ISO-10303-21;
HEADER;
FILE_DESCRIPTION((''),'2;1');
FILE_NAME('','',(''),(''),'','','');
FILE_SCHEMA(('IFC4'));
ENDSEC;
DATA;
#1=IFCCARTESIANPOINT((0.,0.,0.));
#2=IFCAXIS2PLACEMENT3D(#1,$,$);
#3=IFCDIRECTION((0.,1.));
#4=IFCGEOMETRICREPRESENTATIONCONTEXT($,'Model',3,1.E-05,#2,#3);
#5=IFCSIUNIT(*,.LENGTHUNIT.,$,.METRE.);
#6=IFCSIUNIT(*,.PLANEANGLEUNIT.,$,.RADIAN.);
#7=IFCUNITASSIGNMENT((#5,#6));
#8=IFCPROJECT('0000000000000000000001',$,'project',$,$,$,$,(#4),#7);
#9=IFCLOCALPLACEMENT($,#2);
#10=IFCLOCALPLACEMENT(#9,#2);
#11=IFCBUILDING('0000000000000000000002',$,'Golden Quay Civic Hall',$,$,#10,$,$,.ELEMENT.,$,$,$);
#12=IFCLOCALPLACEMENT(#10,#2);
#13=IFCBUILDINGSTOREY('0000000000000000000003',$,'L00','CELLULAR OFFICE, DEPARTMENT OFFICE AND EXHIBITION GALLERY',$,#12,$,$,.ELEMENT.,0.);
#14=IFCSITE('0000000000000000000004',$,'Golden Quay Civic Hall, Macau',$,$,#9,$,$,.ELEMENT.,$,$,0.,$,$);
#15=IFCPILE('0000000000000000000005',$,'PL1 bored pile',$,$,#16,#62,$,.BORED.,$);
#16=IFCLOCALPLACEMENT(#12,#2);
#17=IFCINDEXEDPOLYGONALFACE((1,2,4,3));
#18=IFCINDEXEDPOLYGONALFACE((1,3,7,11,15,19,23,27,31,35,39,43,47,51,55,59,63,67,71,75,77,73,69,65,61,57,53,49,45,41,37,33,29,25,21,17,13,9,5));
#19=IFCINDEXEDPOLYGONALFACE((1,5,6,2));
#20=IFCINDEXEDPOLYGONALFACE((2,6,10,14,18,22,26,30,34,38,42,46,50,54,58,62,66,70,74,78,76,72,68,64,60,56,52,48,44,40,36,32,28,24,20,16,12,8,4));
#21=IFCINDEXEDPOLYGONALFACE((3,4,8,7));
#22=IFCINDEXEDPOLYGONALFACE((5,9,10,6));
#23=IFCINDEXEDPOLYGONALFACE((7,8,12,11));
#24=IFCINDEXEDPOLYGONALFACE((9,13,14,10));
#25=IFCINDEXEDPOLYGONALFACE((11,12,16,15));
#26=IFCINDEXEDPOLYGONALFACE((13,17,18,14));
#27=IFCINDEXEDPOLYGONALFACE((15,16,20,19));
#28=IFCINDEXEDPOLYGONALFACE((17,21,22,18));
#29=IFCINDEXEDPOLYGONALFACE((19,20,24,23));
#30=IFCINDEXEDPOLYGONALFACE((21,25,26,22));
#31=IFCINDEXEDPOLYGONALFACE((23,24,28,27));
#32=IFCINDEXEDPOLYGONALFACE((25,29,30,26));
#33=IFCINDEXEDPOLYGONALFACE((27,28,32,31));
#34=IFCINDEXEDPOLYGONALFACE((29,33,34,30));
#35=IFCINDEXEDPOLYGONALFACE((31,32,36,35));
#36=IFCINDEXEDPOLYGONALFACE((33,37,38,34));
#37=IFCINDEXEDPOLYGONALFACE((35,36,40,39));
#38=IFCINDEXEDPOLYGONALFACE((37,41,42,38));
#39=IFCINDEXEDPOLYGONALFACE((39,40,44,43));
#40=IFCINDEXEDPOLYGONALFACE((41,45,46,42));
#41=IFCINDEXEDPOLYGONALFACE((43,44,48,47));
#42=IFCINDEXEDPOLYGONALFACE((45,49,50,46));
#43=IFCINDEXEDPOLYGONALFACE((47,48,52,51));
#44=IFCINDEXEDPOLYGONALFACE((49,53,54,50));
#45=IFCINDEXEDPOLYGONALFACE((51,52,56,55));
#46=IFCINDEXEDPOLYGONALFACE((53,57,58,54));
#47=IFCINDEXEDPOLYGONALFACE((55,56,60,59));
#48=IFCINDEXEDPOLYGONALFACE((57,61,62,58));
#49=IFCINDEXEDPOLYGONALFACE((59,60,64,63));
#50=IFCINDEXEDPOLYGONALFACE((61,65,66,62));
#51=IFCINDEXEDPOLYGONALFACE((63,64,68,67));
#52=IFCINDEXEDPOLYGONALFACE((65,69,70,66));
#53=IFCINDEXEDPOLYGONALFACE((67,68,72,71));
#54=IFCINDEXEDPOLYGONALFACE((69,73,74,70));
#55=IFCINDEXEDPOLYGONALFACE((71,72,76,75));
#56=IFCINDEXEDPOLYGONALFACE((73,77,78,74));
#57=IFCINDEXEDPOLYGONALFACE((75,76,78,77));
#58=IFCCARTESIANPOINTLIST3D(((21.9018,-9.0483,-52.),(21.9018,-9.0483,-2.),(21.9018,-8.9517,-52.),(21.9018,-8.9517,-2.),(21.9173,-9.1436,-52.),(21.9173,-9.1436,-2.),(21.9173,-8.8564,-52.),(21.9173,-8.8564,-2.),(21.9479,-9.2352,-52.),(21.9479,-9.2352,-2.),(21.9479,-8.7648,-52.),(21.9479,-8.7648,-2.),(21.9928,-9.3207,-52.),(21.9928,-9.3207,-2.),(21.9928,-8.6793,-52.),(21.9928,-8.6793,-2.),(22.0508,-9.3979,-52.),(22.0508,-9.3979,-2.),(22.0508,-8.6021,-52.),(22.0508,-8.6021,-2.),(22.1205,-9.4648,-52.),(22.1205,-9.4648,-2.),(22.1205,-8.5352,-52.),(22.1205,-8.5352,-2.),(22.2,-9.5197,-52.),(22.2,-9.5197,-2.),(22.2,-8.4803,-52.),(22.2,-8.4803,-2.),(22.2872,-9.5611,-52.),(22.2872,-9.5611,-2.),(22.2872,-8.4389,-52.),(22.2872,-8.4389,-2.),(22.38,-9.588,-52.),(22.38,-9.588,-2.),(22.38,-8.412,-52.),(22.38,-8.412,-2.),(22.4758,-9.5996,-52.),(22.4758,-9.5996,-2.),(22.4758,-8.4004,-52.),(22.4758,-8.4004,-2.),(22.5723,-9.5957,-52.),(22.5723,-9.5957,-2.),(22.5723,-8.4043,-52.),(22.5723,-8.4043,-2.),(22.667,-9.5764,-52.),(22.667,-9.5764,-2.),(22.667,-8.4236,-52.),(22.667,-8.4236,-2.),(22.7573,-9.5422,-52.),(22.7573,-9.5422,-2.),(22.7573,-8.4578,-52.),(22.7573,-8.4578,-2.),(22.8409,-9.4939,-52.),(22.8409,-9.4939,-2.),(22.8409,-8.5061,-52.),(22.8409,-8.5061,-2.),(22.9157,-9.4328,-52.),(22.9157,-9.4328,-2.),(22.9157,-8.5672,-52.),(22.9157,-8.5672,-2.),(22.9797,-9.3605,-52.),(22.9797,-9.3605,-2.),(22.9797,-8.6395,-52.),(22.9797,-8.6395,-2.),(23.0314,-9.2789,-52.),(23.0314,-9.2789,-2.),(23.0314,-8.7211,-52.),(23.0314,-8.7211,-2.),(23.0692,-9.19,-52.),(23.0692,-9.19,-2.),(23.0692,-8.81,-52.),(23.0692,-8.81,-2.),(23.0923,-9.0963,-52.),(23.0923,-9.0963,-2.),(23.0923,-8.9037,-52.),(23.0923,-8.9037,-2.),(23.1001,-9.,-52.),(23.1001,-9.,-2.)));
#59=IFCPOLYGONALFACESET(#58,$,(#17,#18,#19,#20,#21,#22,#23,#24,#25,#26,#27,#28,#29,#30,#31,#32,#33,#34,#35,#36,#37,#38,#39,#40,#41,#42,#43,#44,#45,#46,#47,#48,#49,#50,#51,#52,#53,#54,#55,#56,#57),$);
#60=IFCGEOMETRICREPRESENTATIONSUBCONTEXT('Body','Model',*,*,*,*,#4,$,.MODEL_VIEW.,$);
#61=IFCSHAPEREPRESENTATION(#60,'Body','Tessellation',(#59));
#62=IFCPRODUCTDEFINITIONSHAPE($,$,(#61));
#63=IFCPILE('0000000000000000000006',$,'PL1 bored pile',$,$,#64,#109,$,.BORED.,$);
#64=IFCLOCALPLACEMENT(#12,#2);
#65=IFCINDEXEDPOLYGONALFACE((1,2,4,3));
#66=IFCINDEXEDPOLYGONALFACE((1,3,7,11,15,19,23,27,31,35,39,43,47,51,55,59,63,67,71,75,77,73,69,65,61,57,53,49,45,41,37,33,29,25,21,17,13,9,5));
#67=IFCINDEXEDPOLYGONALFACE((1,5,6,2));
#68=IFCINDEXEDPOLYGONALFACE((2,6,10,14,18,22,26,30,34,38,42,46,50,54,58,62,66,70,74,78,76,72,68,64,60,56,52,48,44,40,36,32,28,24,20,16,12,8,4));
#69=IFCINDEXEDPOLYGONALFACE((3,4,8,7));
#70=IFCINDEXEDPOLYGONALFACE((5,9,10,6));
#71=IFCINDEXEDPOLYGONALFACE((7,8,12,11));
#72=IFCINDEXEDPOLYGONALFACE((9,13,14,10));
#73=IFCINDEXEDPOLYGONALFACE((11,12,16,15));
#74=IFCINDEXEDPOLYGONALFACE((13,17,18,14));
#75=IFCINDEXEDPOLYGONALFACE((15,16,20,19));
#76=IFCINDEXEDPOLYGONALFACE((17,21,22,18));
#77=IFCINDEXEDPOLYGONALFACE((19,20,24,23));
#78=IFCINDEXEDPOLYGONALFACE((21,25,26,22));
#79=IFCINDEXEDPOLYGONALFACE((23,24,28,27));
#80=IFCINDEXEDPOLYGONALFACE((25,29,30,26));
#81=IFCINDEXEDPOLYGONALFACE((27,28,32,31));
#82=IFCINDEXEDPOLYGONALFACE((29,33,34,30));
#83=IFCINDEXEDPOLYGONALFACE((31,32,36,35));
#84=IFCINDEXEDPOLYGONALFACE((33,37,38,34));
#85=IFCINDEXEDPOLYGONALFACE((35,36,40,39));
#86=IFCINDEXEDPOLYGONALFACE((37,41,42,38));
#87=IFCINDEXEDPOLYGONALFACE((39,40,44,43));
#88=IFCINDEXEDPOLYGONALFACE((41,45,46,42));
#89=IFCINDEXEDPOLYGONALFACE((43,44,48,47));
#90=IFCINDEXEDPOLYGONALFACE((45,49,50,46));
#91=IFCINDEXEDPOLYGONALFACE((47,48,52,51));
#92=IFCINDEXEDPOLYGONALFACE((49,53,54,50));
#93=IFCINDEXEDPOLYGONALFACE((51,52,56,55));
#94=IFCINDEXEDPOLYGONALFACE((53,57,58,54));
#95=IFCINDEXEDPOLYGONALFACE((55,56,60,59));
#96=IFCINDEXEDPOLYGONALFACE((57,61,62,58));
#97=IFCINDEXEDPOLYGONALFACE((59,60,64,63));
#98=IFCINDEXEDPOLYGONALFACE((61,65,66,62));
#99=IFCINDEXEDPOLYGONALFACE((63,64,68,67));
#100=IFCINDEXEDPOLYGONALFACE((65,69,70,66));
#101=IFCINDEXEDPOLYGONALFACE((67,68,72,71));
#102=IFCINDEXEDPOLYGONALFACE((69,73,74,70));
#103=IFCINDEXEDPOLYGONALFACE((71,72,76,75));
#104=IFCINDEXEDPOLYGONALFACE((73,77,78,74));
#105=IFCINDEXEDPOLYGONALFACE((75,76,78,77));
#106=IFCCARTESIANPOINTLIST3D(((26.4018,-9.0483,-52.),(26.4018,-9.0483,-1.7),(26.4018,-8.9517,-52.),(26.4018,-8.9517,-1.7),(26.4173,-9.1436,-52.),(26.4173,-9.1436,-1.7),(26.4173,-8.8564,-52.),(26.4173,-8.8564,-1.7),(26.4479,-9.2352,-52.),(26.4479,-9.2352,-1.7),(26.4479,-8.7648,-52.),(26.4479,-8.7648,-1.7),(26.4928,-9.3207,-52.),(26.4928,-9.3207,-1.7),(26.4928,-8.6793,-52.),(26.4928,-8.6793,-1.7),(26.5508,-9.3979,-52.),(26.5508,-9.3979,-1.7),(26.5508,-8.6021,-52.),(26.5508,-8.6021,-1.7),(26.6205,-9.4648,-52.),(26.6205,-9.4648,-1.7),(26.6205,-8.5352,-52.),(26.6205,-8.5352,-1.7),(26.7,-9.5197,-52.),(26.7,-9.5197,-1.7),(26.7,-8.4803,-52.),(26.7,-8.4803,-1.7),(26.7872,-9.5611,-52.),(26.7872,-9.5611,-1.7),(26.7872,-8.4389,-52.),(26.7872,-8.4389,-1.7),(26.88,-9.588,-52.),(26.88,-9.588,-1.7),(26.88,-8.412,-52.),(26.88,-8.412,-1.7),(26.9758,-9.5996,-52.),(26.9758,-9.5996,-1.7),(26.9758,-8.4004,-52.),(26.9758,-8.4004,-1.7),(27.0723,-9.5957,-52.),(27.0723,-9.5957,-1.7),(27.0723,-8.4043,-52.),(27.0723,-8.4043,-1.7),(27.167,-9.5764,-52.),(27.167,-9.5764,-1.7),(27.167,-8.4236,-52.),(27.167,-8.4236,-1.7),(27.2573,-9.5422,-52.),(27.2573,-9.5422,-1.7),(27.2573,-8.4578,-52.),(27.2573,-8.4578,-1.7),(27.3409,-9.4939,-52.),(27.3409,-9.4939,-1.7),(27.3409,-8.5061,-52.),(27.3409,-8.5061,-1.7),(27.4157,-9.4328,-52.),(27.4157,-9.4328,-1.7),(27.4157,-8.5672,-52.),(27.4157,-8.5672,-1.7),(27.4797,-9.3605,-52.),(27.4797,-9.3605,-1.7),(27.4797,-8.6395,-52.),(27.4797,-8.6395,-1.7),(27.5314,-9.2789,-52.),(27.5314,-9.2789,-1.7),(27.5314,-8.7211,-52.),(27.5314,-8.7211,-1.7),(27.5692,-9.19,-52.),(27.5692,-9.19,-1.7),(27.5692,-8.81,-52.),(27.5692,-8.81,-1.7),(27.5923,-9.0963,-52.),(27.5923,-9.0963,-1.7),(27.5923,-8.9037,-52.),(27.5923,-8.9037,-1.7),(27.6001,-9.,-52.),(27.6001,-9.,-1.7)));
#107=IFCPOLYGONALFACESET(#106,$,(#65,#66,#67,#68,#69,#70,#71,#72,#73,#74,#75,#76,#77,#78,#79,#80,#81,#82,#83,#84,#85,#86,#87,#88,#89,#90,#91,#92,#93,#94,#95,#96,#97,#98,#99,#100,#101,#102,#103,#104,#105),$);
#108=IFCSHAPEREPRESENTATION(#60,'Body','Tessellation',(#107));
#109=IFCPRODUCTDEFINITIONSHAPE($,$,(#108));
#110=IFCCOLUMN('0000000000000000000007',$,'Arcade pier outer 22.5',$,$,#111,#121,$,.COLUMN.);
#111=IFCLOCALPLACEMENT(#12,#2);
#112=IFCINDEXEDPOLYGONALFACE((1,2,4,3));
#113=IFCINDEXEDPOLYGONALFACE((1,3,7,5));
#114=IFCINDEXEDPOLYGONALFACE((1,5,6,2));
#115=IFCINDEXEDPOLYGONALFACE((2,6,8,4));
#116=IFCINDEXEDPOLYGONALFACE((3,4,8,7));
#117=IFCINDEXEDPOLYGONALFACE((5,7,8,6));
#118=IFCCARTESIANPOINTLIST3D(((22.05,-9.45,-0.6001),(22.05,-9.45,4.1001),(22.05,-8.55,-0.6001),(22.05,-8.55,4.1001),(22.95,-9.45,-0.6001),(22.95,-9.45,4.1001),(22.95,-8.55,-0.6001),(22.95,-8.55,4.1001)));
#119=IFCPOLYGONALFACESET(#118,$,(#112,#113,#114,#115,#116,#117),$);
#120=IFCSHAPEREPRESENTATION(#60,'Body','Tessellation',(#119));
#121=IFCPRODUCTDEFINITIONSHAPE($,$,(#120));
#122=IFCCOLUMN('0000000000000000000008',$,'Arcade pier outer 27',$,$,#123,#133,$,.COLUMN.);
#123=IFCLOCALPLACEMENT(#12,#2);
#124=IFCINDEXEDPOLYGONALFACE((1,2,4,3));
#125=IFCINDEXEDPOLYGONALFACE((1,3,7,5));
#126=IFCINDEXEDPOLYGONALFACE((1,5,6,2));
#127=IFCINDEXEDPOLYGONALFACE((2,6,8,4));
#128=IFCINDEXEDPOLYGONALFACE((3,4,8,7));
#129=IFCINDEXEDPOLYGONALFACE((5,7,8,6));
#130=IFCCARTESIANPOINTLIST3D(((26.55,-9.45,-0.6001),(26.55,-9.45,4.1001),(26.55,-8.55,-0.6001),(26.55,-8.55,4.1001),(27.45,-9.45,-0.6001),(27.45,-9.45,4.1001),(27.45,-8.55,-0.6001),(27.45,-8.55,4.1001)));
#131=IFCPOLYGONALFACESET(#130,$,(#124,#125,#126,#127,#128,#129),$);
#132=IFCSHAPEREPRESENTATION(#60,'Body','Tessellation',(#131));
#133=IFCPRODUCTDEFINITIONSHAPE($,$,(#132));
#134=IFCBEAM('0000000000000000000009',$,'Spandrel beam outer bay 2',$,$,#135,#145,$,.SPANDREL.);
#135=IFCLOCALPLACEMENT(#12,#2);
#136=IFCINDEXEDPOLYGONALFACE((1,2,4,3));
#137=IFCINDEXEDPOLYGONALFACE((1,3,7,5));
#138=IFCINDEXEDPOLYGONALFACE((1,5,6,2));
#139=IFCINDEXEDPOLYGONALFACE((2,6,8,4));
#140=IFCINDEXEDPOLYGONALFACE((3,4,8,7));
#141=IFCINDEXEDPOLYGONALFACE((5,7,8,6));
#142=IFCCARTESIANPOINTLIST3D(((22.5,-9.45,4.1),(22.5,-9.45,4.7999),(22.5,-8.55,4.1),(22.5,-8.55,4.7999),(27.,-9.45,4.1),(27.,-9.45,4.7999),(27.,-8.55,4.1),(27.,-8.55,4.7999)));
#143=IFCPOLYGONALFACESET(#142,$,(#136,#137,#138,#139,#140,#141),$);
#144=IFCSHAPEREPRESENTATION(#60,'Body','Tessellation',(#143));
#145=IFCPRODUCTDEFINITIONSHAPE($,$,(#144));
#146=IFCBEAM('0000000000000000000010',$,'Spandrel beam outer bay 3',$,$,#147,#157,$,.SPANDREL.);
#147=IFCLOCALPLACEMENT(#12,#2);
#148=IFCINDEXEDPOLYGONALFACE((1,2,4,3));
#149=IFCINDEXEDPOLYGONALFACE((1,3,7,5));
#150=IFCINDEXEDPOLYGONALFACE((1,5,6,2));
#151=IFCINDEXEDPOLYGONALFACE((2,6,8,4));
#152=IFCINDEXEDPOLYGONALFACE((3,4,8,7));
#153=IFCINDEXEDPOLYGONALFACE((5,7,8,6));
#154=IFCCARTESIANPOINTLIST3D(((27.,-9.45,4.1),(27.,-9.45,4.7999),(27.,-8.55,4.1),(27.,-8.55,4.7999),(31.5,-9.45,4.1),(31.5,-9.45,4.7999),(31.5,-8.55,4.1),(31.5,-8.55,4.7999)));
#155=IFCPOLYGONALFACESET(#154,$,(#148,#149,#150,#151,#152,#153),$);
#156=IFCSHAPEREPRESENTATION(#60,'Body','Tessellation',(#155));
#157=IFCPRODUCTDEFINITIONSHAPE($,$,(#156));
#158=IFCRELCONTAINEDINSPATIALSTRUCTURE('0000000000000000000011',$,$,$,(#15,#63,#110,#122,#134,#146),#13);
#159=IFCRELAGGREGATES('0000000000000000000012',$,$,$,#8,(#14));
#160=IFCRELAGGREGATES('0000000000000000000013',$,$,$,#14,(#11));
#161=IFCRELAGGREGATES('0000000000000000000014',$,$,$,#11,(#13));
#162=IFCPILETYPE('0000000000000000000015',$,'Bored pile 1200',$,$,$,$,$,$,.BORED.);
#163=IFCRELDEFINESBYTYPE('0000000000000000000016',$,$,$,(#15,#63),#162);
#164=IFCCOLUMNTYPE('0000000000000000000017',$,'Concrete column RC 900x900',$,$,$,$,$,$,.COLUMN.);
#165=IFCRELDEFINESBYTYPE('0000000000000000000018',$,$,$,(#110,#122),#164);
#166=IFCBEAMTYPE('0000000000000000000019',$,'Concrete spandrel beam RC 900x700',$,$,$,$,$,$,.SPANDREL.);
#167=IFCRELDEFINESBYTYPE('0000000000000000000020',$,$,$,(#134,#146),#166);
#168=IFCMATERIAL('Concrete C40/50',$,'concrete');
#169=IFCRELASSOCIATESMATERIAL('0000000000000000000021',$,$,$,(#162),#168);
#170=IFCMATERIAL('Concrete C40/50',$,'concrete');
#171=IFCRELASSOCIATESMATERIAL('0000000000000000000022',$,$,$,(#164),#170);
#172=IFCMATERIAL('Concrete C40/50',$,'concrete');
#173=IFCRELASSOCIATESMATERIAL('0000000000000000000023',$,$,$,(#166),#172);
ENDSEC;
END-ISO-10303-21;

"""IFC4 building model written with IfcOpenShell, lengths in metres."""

from ifc_helpers import new_model, si_unit, direction, frame, origin, origin_2d, place, context, subcontext, project, spatial, rectangle, circle, extrude, material, material_profile, profile_set, type_object, element, save


model = new_model("IFC4")

# Units and contexts
model_context = context("Model", 3, precision=1e-05, world=origin(), true_north=direction((0.0, 1.0)))
body_context = subcontext(model_context, "Body", "Model", "MODEL_VIEW")
ifc_project = project(units=[si_unit("LENGTHUNIT", "METRE"), si_unit("PLANEANGLEUNIT", "RADIAN")], contexts=[model_context])

# Site, building, storey
site_placement = place(None, origin())
site = spatial("IfcSite", under=ifc_project, at=site_placement, Name="Golden Quay Civic Hall, Macau", CompositionType="ELEMENT", RefElevation=0.0)
building_placement = place(site_placement, origin())
building = spatial("IfcBuilding", under=site, at=building_placement, Name="Golden Quay Civic Hall", CompositionType="ELEMENT")
storey_placement = place(building_placement, origin())
storey = spatial("IfcBuildingStorey", under=building, at=storey_placement, Name="L00", Description="CELLULAR OFFICE, DEPARTMENT OFFICE AND EXHIBITION GALLERY", CompositionType="ELEMENT", Elevation=0.0)

# Piles
ifc_material_1 = material(Name="Concrete C40/50", Category="concrete")
ifc_material_profile_1 = material_profile(ifc_material_1, circle(Radius=0.6001, at=origin_2d()), Name="RC D1200")
ifc_profile_set_1 = profile_set([ifc_material_profile_1], Name="Concrete C40/50")
pile_type = type_object("IfcPileType", Name="Bored pile 1200", PredefinedType="BORED", material=ifc_profile_set_1)
pile_1_placement = place(storey_placement, frame((22.5, -9.0, -2.0), z_axis=(0.0, 0.0, -1.0), x_axis=(1.0, 0.0, 0.0)))
element("IfcPile", 1, at=pile_1_placement, inside=storey, type_object=pile_type, Name="PL1 bored pile", PredefinedType="BORED", context=body_context, shape_type="SweptSolid", body=[
    extrude(circle(Radius=0.6001, at=origin_2d()), origin(), (0.0, 0.0, 1.0), 50.0),
])
pile_2_placement = place(storey_placement, frame((27.0, -9.0, -1.7), z_axis=(0.0, 0.0, -1.0), x_axis=(1.0, 0.0, 0.0)))
element("IfcPile", 2, at=pile_2_placement, inside=storey, type_object=pile_type, Name="PL1 bored pile", PredefinedType="BORED", context=body_context, shape_type="SweptSolid", body=[
    extrude(circle(Radius=0.6001, at=origin_2d()), origin(), (0.0, 0.0, 1.0), 50.3),
])

# Columns
ifc_material_2 = material(Name="Concrete C40/50", Category="concrete")
ifc_material_profile_2 = material_profile(ifc_material_2, rectangle(XDim=0.8999, YDim=0.8999, at=origin_2d()), Name="RC 900x900")
ifc_profile_set_2 = profile_set([ifc_material_profile_2], Name="Concrete C40/50")
column_type = type_object("IfcColumnType", Name="Concrete column RC 900x900", PredefinedType="COLUMN", material=ifc_profile_set_2)
for number, where, z_axis, x_axis, name in (
    (3, (22.5, -9.0, -0.6001), (0.0, 0.0, 1.0), (1.0, 0.0, 0.0), "Arcade pier outer 22.5"),
    (4, (27.0, -9.0, -0.6001), (0.0, 0.0, 1.0), (1.0, 0.0, 0.0), "Arcade pier outer 27"),
):
    element("IfcColumn", number, at=place(storey_placement, frame(where, z_axis=z_axis, x_axis=x_axis)), inside=storey, type_object=column_type, Name=name, PredefinedType="COLUMN", context=body_context, shape_type="SweptSolid", body=[
        extrude(rectangle(XDim=0.8999, YDim=0.8999, at=origin_2d()), origin(), (0.0, 0.0, 1.0), 4.7002),
    ])

# Beams
ifc_material_3 = material(Name="Concrete C40/50", Category="concrete")
ifc_material_profile_3 = material_profile(ifc_material_3, rectangle(XDim=0.8999, YDim=0.7, at=origin_2d()), Name="RC 900x700")
ifc_profile_set_3 = profile_set([ifc_material_profile_3], Name="Concrete C40/50")
beam_type_1 = type_object("IfcBeamType", Name="Concrete spandrel beam RC 900x700", PredefinedType="SPANDREL", material=ifc_profile_set_3)
for number, where, z_axis, x_axis, name in (
    (5, (22.5, -9.0, 4.45), (1.0, 0.0, 0.0), (0.0, 1.0, 0.0), "Spandrel beam outer bay 2"),
    (6, (27.0, -9.0, 4.45), (1.0, 0.0, 0.0), (0.0, 1.0, 0.0), "Spandrel beam outer bay 3"),
):
    element("IfcBeam", number, at=place(storey_placement, frame(where, z_axis=z_axis, x_axis=x_axis)), inside=storey, type_object=beam_type_1, Name=name, PredefinedType="SPANDREL", context=body_context, shape_type="SweptSolid", body=[
        extrude(rectangle(XDim=0.8999, YDim=0.7, at=origin_2d()), origin(), (0.0, 0.0, 1.0), 4.5),
    ])

save(model, "model.ifc")
